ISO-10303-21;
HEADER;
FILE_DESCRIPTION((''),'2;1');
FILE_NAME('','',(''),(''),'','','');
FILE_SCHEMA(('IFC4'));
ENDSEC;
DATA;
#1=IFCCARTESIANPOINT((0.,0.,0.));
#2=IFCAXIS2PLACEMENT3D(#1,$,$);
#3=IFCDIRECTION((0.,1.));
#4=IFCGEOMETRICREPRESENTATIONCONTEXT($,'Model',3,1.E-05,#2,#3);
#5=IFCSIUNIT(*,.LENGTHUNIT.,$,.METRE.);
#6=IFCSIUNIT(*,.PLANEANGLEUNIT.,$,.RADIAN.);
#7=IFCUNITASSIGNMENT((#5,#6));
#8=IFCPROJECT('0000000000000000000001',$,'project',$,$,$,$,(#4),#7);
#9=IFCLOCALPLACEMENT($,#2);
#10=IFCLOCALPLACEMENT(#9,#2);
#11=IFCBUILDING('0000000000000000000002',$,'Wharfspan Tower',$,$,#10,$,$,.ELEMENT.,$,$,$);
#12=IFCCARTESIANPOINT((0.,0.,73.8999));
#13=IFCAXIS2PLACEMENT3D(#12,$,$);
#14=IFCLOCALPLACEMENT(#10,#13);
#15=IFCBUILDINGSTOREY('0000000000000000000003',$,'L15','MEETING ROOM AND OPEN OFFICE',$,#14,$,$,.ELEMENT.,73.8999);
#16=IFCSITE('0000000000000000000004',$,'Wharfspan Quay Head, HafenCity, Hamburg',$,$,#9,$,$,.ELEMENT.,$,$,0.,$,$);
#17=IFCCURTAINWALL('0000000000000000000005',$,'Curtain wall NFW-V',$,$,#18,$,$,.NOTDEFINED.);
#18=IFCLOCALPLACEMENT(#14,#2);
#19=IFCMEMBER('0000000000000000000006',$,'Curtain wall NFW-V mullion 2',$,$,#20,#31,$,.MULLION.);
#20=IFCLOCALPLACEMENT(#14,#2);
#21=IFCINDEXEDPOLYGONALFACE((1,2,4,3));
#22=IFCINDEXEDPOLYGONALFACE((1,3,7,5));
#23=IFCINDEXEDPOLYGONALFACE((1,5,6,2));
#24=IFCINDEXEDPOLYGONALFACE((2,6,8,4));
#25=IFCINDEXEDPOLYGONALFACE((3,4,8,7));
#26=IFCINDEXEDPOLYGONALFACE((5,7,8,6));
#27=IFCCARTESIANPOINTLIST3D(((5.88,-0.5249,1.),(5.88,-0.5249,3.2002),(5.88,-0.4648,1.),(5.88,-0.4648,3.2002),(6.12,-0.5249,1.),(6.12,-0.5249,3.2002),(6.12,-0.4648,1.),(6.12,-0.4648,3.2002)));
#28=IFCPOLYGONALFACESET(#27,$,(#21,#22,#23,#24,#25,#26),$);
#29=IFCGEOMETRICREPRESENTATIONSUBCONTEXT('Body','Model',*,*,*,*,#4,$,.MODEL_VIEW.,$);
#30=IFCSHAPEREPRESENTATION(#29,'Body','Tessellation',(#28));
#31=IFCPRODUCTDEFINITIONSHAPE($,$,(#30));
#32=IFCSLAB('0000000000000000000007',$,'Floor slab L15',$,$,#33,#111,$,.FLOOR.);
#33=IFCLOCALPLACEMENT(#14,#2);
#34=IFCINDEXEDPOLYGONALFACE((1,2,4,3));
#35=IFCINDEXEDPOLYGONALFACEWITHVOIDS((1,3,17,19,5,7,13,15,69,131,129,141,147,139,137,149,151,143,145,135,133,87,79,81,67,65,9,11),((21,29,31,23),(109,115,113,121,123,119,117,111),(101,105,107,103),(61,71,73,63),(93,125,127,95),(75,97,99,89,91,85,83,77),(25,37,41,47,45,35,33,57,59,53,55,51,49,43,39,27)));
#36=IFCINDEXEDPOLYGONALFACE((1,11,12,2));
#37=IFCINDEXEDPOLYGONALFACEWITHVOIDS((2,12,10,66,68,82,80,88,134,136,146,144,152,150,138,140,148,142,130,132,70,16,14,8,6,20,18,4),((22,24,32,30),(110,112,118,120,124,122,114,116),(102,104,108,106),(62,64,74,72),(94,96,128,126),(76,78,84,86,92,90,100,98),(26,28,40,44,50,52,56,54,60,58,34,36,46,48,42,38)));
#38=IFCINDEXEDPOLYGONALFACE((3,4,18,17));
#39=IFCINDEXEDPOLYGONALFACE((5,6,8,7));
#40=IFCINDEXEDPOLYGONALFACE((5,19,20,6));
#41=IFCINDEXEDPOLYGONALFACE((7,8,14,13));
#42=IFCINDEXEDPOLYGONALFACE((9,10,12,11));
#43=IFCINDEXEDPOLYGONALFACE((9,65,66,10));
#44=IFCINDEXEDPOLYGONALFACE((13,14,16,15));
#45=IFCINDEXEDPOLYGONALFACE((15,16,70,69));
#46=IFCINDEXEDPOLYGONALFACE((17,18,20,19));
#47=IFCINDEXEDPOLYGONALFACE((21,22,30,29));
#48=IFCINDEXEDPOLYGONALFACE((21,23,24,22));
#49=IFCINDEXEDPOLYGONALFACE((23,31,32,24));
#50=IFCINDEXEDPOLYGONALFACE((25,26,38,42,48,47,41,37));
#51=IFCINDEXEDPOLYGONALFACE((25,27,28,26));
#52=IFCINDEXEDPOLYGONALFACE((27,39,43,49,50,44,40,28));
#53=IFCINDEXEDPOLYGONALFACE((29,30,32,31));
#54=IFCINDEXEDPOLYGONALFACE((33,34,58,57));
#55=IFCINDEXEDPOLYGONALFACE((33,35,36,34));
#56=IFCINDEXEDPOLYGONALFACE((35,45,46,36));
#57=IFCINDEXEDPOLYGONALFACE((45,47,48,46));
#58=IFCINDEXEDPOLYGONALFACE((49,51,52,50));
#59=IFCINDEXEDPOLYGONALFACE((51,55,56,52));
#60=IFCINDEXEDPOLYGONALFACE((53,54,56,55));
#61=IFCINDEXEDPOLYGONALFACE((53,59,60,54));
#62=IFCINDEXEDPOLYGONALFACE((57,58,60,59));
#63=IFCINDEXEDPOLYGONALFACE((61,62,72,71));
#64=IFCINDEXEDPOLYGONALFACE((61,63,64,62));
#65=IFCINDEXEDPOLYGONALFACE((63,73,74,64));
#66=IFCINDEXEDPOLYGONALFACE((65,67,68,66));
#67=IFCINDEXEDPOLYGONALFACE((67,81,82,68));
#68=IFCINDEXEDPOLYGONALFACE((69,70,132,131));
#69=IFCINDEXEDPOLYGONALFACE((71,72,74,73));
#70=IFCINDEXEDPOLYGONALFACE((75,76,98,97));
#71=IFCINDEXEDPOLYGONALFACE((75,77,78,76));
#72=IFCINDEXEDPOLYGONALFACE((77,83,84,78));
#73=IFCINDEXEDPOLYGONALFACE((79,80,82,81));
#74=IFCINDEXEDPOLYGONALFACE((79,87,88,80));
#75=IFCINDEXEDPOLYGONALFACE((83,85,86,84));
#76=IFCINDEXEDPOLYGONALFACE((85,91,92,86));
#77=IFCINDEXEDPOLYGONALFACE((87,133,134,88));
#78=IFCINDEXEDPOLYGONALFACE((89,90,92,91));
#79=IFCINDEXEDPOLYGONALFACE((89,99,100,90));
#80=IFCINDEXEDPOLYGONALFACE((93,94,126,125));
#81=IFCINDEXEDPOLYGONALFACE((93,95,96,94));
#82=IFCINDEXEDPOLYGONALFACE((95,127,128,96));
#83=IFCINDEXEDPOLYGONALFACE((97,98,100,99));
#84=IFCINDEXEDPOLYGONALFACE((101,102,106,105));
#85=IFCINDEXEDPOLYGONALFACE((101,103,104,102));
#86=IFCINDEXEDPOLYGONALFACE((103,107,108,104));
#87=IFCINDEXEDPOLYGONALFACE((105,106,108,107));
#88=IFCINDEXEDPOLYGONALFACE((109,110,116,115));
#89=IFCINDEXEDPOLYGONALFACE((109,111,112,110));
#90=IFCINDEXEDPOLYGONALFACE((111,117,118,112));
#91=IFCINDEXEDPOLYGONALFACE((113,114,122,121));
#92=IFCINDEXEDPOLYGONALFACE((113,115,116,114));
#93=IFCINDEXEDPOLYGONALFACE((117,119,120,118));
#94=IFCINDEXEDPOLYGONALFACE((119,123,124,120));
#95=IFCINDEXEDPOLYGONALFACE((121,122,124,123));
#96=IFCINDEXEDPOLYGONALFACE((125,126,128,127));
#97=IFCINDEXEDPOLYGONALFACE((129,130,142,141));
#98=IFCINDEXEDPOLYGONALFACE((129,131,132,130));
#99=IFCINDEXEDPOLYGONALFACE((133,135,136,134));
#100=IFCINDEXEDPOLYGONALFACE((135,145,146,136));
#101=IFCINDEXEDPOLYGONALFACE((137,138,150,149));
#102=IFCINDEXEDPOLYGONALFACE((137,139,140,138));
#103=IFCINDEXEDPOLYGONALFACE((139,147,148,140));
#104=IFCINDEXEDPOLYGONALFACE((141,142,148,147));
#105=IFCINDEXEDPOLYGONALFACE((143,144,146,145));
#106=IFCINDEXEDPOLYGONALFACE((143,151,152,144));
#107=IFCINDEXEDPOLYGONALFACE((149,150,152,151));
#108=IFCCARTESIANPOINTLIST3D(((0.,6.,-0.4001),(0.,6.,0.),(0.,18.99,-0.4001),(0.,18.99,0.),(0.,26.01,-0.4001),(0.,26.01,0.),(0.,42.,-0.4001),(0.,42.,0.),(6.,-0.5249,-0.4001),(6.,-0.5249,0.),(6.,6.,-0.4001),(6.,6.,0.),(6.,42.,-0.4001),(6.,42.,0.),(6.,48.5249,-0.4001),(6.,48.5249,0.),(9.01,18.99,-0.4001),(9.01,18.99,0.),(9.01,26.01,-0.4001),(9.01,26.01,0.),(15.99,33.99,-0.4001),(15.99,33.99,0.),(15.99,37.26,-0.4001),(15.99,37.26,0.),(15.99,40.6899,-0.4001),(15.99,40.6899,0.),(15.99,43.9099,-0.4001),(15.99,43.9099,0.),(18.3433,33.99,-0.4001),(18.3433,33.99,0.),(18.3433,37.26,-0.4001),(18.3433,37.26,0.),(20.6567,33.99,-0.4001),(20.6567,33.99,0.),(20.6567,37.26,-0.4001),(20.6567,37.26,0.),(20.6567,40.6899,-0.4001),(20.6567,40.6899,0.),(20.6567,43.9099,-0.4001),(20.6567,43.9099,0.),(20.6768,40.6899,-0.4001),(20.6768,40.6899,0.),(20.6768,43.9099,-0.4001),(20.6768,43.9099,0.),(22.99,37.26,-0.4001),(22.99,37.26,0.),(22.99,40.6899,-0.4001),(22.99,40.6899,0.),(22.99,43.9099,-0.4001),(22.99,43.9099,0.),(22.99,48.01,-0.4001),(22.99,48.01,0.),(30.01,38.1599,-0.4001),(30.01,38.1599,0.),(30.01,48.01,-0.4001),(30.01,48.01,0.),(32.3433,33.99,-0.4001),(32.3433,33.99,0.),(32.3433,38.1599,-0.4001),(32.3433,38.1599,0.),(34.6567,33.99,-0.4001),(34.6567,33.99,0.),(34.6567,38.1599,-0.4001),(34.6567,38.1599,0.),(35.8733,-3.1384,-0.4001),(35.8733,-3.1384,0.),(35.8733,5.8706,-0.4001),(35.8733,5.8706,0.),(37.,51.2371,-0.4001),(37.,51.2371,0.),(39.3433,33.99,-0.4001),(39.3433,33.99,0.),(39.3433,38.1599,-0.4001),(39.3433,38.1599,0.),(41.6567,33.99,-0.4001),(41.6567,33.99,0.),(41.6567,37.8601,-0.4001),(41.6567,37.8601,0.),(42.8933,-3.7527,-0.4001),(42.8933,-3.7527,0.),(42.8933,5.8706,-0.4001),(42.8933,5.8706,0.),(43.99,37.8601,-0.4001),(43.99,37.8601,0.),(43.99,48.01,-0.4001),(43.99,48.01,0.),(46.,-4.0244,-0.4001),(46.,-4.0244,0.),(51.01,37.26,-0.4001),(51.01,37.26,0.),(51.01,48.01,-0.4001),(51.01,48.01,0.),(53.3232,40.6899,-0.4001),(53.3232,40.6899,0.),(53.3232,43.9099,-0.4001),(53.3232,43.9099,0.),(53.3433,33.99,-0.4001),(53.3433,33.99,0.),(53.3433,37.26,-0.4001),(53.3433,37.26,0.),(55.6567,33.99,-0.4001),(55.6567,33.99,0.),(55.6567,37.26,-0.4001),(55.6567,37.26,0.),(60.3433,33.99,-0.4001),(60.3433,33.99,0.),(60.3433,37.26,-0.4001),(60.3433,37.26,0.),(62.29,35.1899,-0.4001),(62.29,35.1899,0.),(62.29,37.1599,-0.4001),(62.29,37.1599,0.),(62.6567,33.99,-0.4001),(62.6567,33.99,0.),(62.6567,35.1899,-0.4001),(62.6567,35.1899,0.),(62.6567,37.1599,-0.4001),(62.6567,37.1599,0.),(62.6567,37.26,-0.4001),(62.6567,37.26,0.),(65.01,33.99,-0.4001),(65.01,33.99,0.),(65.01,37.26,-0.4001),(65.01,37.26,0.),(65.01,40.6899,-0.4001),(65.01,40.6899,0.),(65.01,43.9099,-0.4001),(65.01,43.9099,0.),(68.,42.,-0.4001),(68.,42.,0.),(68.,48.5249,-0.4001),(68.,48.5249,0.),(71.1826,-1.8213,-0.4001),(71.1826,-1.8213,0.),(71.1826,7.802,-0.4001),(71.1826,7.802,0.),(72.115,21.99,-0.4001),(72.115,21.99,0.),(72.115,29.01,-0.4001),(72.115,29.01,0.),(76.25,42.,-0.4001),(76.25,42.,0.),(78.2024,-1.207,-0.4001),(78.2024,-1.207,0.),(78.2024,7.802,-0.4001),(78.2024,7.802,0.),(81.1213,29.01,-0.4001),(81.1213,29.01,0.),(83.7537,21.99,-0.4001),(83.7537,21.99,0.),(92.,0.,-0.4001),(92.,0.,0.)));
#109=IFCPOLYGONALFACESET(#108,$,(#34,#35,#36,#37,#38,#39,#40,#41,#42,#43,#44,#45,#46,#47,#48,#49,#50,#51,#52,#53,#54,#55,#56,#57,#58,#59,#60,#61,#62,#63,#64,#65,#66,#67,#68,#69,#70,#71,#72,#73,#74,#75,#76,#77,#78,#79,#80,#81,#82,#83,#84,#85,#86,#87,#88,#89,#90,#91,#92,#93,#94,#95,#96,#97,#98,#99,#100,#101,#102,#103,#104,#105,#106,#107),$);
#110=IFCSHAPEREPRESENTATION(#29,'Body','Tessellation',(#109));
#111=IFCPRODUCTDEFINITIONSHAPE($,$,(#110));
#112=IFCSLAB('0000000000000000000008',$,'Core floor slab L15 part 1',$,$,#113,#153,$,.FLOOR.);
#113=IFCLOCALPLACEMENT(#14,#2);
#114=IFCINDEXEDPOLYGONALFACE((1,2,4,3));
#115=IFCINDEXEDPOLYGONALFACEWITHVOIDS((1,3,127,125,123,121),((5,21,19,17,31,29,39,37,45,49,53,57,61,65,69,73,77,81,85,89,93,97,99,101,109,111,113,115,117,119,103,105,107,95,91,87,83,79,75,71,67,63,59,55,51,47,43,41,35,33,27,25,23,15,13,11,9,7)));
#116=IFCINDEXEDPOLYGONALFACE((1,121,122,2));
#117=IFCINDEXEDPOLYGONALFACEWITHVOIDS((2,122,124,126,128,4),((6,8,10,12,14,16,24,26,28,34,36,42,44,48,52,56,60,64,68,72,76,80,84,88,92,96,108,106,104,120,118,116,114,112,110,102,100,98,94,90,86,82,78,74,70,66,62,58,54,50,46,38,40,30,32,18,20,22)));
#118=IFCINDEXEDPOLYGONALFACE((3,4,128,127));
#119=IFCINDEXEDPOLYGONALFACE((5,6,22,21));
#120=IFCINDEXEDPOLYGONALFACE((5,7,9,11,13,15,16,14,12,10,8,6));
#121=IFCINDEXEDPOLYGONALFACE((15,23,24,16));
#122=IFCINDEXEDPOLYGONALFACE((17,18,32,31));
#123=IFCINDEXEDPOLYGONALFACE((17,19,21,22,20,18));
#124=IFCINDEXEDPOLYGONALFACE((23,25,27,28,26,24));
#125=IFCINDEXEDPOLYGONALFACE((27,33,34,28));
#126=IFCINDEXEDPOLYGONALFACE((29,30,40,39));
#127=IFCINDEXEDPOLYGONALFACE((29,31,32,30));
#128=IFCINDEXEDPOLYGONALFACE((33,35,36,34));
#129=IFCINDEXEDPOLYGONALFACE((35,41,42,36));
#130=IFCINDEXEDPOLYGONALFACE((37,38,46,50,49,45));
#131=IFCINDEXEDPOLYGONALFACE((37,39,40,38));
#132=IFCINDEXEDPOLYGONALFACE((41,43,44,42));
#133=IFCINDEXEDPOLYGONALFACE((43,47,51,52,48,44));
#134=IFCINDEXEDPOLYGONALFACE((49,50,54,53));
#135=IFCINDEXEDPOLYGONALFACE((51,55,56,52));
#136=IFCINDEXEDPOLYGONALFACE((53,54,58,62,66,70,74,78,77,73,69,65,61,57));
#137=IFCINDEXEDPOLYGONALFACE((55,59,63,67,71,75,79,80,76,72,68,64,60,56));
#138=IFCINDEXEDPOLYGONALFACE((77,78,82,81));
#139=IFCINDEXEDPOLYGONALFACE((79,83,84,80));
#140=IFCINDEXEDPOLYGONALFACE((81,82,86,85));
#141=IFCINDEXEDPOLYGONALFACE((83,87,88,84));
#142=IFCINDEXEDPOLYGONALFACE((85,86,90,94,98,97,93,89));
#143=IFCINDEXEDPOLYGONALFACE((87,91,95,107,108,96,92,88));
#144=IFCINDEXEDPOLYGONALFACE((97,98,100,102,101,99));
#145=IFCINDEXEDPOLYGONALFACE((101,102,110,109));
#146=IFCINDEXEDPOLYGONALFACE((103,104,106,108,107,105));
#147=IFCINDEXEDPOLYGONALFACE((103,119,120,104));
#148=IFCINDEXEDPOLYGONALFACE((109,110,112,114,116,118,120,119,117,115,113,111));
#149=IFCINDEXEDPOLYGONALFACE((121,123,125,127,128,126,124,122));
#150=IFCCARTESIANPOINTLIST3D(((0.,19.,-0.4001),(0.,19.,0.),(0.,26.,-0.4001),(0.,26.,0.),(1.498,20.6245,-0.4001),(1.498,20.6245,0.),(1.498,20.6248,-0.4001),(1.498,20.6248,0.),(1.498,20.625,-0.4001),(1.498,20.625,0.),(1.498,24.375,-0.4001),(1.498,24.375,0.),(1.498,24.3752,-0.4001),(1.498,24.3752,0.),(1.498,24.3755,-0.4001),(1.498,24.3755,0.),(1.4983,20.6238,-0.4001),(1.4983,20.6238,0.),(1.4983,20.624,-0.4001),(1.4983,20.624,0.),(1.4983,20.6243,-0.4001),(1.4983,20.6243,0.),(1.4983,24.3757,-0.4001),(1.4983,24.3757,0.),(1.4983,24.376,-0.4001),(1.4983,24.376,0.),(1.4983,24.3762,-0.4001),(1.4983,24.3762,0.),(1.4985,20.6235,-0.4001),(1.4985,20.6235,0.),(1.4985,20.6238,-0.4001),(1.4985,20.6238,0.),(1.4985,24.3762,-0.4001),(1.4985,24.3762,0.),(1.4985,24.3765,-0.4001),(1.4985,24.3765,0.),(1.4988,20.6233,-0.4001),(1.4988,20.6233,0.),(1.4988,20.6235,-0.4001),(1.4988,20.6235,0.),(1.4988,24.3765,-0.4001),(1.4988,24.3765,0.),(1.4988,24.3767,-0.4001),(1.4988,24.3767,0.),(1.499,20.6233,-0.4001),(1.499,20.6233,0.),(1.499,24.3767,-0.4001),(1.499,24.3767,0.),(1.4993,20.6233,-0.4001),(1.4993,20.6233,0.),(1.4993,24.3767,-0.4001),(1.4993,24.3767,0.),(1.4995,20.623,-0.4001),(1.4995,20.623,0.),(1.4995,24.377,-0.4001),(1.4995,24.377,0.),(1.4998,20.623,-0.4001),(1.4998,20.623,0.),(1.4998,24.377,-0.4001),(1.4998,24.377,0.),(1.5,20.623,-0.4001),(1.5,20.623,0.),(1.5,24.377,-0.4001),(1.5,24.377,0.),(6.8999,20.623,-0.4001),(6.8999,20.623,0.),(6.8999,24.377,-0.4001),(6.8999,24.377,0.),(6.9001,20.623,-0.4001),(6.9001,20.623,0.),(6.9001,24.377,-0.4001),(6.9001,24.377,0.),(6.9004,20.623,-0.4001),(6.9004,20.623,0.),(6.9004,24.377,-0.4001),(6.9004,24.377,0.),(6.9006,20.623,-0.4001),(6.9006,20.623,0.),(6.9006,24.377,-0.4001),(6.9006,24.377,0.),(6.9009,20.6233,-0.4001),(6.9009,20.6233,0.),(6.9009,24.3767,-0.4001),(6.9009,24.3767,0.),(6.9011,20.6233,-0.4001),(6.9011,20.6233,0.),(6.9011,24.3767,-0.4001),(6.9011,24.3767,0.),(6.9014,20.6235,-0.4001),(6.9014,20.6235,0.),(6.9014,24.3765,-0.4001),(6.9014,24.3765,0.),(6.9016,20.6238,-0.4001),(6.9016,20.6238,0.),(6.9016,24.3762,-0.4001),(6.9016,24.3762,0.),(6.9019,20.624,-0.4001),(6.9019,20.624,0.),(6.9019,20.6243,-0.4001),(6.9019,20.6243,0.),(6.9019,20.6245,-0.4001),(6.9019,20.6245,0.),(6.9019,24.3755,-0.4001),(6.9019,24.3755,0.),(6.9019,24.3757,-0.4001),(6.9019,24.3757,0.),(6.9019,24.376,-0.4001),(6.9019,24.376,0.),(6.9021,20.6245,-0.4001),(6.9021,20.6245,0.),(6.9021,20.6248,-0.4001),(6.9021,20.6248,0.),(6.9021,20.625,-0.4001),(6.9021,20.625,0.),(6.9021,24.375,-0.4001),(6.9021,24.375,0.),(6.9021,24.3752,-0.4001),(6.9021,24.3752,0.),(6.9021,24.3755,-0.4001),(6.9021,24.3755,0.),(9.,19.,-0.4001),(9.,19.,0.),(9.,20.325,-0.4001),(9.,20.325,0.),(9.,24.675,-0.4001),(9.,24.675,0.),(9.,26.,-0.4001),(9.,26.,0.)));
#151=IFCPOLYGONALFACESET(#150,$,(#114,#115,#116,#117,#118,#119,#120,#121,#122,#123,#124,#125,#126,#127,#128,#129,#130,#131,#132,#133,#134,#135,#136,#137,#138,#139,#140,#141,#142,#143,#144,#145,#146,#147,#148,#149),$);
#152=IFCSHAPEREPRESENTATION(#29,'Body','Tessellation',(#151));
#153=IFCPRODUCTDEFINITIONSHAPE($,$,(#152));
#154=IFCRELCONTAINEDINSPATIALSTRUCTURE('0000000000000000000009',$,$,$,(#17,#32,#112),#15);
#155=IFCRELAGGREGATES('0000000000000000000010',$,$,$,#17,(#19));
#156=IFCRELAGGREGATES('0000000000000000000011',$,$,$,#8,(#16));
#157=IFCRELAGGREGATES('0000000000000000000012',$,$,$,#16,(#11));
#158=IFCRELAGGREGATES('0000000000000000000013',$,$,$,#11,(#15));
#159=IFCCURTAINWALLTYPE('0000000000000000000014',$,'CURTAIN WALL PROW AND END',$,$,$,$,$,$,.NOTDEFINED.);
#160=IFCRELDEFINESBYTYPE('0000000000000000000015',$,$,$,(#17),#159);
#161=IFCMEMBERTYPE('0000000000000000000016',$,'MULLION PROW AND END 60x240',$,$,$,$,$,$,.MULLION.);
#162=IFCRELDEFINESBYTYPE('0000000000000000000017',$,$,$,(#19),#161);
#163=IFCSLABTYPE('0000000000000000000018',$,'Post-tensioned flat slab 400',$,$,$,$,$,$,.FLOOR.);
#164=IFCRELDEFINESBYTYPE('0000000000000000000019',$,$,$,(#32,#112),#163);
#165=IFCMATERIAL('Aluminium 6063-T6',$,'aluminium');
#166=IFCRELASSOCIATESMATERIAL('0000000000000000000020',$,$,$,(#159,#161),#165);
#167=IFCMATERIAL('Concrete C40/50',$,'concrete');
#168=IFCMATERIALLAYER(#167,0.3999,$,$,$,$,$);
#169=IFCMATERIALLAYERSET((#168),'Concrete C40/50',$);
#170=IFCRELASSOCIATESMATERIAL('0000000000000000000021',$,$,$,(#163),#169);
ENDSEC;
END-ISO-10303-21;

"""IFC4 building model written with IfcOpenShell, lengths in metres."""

from ifc_helpers import new_model, si_unit, direction, frame, origin, origin_2d, place, context, subcontext, project, spatial, polyline, rectangle, outline, extrude, material, layer, layer_set, material_profile, profile_set, type_object, element, aggregate, save


model = new_model("IFC4")

# Units and contexts
model_context = context("Model", 3, precision=1e-05, world=origin(), true_north=direction((0.0, 1.0)))
body_context = subcontext(model_context, "Body", "Model", "MODEL_VIEW")
ifc_project = project(units=[si_unit("LENGTHUNIT", "METRE"), si_unit("PLANEANGLEUNIT", "RADIAN")], contexts=[model_context])

# Site, building, storey
site_placement = place(None, origin())
site = spatial("IfcSite", under=ifc_project, at=site_placement, Name="Wharfspan Quay Head, HafenCity, Hamburg", CompositionType="ELEMENT", RefElevation=0.0)
building_placement = place(site_placement, origin())
building = spatial("IfcBuilding", under=site, at=building_placement, Name="Wharfspan Tower", CompositionType="ELEMENT")
storey_placement = place(building_placement, frame((0.0, 0.0, 73.8999)))
storey = spatial("IfcBuildingStorey", under=building, at=storey_placement, Name="L15", Description="MEETING ROOM AND OPEN OFFICE", CompositionType="ELEMENT", Elevation=73.8999)

# Curtain wall, member
ifc_material_1 = material(Name="Aluminium 6063-T6", Category="aluminium")
curtain_wall_type = type_object("IfcCurtainWallType", Name="CURTAIN WALL PROW AND END", PredefinedType="NOTDEFINED", material=ifc_material_1)
curtain_wall_placement = place(storey_placement, origin())
curtain_wall = element("IfcCurtainWall", 1, at=curtain_wall_placement, inside=storey, type_object=curtain_wall_type, Name="Curtain wall NFW-V", PredefinedType="NOTDEFINED")
ifc_material_profile = material_profile(ifc_material_1, rectangle(XDim=0.24, YDim=0.0601, at=origin_2d()))
ifc_profile_set = profile_set([ifc_material_profile], Name="Aluminium 6063-T6")
member_type = type_object("IfcMemberType", Name="MULLION PROW AND END 60x240", PredefinedType="MULLION", material=ifc_profile_set)
member_placement = place(storey_placement, frame((6.0, -0.4949, 1.0), z_axis=(0.0, 0.0, 1.0), x_axis=(1.0, 0.0, 0.0)))
member = element("IfcMember", 2, at=member_placement, type_object=member_type, Name="Curtain wall NFW-V mullion 2", PredefinedType="MULLION", context=body_context, shape_type="SweptSolid", body=[
    extrude(rectangle(XDim=0.24, YDim=0.0601, at=origin_2d()), origin(), (0.0, 0.0, 1.0), 2.2002),
])
aggregate(curtain_wall, [member])

# Slabs
ifc_material_2 = material(Name="Concrete C40/50", Category="concrete")
ifc_layer_1 = layer(ifc_material_2, 0.3999)
ifc_layer_set_1 = layer_set([ifc_layer_1], Name="Concrete C40/50")
slab_type_1 = type_object("IfcSlabType", Name="Post-tensioned flat slab 400", PredefinedType="FLOOR", material=ifc_layer_set_1)
slab_1_placement = place(storey_placement, frame((0.0, 0.0, -0.4001)))
element("IfcSlab", 3, at=slab_1_placement, inside=storey, type_object=slab_type_1, Name="Floor slab L15", PredefinedType="FLOOR", context=body_context, shape_type="SweptSolid", body=[
    extrude(outline(polyline([(35.8733, -3.1384), (35.8733, 5.8706), (42.8933, 5.8706), (42.8933, -3.7527), (46.0, -4.0244), (71.1826, -1.8213), (71.1826, 7.802), (78.2024, 7.802), (78.2024, -1.207), (92.0, 0.0), (83.7537, 21.99), (72.115, 21.99), (72.115, 29.01), (81.1213, 29.01), (76.25, 42.0), (68.0, 42.0), (68.0, 48.5249), (37.0, 51.2371), (6.0, 48.5249), (6.0, 42.0), (0.0, 42.0), (0.0, 26.01), (9.01, 26.01), (9.01, 18.99), (0.0, 18.99), (0.0, 6.0), (6.0, 6.0), (6.0, -0.5249), (35.8733, -3.1384)]), holes=[polyline([(62.29, 37.1599), (62.6567, 37.1599), (62.6567, 37.26), (65.01, 37.26), (65.01, 33.99), (62.6567, 33.99), (62.6567, 35.1899), (62.29, 35.1899), (62.29, 37.1599)]), polyline([(65.01, 43.9099), (65.01, 40.6899), (53.3232, 40.6899), (53.3232, 43.9099), (65.01, 43.9099)]), polyline([(55.6567, 33.99), (55.6567, 37.26), (60.3433, 37.26), (60.3433, 33.99), (55.6567, 33.99)]), polyline([(43.99, 37.8601), (43.99, 48.01), (51.01, 48.01), (51.01, 37.26), (53.3433, 37.26), (53.3433, 33.99), (41.6567, 33.99), (41.6567, 37.8601), (43.99, 37.8601)]), polyline([(34.6567, 33.99), (34.6567, 38.1599), (39.3433, 38.1599), (39.3433, 33.99), (34.6567, 33.99)]), polyline([(15.99, 40.6899), (15.99, 43.9099), (20.6567, 43.9099), (20.6768, 43.9099), (22.99, 43.9099), (22.99, 48.01), (30.01, 48.01), (30.01, 38.1599), (32.3433, 38.1599), (32.3433, 33.99), (20.6567, 33.99), (20.6567, 37.26), (22.99, 37.26), (22.99, 40.6899), (20.6768, 40.6899), (20.6567, 40.6899), (15.99, 40.6899)]), polyline([(18.3433, 37.26), (18.3433, 33.99), (15.99, 33.99), (15.99, 37.26), (18.3433, 37.26)])]), origin(), (0.0, 0.0, 1.0), 0.4001),
])
slab_2_placement = place(storey_placement, frame((0.0, 0.0, -0.4001)))
element("IfcSlab", 4, at=slab_2_placement, inside=storey, type_object=slab_type_1, Name="Core floor slab L15 part 1", PredefinedType="FLOOR", context=body_context, shape_type="SweptSolid", body=[
    extrude(outline(polyline([(9.0, 20.325), (9.0, 24.675), (9.0, 26.0), (0.0, 26.0), (0.0, 19.0), (9.0, 19.0), (9.0, 20.325)]), holes=[polyline([(6.9021, 20.625), (6.9021, 20.6248), (6.9021, 20.6245), (6.9019, 20.6245), (6.9019, 20.6243), (6.9019, 20.624), (6.9016, 20.6238), (6.9016, 20.6238), (6.9014, 20.6235), (6.9014, 20.6235), (6.9011, 20.6233), (6.9009, 20.6233), (6.9009, 20.6233), (6.9006, 20.623), (6.9004, 20.623), (6.9001, 20.623), (6.8999, 20.623), (1.5, 20.623), (1.4998, 20.623), (1.4995, 20.623), (1.4995, 20.623), (1.4993, 20.6233), (1.499, 20.6233), (1.4988, 20.6233), (1.4988, 20.6235), (1.4985, 20.6235), (1.4985, 20.6238), (1.4983, 20.6238), (1.4983, 20.624), (1.4983, 20.6243), (1.498, 20.6245), (1.498, 20.6245), (1.498, 20.6248), (1.498, 20.625), (1.498, 24.375), (1.498, 24.3752), (1.498, 24.3755), (1.498, 24.3755), (1.4983, 24.3757), (1.4983, 24.376), (1.4983, 24.3762), (1.4985, 24.3762), (1.4985, 24.3765), (1.4988, 24.3765), (1.4988, 24.3767), (1.499, 24.3767), (1.4993, 24.3767), (1.4995, 24.377), (1.4995, 24.377), (1.4998, 24.377), (1.5, 24.377), (6.8999, 24.377), (6.9001, 24.377), (6.9004, 24.377), (6.9006, 24.377), (6.9009, 24.3767), (6.9009, 24.3767), (6.9011, 24.3767), (6.9014, 24.3765), (6.9014, 24.3765), (6.9016, 24.3762), (6.9016, 24.3762), (6.9019, 24.376), (6.9019, 24.3757), (6.9019, 24.3755), (6.9021, 24.3755), (6.9021, 24.3752), (6.9021, 24.375), (6.9021, 20.625)])]), origin(), (0.0, 0.0, 1.0), 0.4001),
])

save(model, "model.ifc")
